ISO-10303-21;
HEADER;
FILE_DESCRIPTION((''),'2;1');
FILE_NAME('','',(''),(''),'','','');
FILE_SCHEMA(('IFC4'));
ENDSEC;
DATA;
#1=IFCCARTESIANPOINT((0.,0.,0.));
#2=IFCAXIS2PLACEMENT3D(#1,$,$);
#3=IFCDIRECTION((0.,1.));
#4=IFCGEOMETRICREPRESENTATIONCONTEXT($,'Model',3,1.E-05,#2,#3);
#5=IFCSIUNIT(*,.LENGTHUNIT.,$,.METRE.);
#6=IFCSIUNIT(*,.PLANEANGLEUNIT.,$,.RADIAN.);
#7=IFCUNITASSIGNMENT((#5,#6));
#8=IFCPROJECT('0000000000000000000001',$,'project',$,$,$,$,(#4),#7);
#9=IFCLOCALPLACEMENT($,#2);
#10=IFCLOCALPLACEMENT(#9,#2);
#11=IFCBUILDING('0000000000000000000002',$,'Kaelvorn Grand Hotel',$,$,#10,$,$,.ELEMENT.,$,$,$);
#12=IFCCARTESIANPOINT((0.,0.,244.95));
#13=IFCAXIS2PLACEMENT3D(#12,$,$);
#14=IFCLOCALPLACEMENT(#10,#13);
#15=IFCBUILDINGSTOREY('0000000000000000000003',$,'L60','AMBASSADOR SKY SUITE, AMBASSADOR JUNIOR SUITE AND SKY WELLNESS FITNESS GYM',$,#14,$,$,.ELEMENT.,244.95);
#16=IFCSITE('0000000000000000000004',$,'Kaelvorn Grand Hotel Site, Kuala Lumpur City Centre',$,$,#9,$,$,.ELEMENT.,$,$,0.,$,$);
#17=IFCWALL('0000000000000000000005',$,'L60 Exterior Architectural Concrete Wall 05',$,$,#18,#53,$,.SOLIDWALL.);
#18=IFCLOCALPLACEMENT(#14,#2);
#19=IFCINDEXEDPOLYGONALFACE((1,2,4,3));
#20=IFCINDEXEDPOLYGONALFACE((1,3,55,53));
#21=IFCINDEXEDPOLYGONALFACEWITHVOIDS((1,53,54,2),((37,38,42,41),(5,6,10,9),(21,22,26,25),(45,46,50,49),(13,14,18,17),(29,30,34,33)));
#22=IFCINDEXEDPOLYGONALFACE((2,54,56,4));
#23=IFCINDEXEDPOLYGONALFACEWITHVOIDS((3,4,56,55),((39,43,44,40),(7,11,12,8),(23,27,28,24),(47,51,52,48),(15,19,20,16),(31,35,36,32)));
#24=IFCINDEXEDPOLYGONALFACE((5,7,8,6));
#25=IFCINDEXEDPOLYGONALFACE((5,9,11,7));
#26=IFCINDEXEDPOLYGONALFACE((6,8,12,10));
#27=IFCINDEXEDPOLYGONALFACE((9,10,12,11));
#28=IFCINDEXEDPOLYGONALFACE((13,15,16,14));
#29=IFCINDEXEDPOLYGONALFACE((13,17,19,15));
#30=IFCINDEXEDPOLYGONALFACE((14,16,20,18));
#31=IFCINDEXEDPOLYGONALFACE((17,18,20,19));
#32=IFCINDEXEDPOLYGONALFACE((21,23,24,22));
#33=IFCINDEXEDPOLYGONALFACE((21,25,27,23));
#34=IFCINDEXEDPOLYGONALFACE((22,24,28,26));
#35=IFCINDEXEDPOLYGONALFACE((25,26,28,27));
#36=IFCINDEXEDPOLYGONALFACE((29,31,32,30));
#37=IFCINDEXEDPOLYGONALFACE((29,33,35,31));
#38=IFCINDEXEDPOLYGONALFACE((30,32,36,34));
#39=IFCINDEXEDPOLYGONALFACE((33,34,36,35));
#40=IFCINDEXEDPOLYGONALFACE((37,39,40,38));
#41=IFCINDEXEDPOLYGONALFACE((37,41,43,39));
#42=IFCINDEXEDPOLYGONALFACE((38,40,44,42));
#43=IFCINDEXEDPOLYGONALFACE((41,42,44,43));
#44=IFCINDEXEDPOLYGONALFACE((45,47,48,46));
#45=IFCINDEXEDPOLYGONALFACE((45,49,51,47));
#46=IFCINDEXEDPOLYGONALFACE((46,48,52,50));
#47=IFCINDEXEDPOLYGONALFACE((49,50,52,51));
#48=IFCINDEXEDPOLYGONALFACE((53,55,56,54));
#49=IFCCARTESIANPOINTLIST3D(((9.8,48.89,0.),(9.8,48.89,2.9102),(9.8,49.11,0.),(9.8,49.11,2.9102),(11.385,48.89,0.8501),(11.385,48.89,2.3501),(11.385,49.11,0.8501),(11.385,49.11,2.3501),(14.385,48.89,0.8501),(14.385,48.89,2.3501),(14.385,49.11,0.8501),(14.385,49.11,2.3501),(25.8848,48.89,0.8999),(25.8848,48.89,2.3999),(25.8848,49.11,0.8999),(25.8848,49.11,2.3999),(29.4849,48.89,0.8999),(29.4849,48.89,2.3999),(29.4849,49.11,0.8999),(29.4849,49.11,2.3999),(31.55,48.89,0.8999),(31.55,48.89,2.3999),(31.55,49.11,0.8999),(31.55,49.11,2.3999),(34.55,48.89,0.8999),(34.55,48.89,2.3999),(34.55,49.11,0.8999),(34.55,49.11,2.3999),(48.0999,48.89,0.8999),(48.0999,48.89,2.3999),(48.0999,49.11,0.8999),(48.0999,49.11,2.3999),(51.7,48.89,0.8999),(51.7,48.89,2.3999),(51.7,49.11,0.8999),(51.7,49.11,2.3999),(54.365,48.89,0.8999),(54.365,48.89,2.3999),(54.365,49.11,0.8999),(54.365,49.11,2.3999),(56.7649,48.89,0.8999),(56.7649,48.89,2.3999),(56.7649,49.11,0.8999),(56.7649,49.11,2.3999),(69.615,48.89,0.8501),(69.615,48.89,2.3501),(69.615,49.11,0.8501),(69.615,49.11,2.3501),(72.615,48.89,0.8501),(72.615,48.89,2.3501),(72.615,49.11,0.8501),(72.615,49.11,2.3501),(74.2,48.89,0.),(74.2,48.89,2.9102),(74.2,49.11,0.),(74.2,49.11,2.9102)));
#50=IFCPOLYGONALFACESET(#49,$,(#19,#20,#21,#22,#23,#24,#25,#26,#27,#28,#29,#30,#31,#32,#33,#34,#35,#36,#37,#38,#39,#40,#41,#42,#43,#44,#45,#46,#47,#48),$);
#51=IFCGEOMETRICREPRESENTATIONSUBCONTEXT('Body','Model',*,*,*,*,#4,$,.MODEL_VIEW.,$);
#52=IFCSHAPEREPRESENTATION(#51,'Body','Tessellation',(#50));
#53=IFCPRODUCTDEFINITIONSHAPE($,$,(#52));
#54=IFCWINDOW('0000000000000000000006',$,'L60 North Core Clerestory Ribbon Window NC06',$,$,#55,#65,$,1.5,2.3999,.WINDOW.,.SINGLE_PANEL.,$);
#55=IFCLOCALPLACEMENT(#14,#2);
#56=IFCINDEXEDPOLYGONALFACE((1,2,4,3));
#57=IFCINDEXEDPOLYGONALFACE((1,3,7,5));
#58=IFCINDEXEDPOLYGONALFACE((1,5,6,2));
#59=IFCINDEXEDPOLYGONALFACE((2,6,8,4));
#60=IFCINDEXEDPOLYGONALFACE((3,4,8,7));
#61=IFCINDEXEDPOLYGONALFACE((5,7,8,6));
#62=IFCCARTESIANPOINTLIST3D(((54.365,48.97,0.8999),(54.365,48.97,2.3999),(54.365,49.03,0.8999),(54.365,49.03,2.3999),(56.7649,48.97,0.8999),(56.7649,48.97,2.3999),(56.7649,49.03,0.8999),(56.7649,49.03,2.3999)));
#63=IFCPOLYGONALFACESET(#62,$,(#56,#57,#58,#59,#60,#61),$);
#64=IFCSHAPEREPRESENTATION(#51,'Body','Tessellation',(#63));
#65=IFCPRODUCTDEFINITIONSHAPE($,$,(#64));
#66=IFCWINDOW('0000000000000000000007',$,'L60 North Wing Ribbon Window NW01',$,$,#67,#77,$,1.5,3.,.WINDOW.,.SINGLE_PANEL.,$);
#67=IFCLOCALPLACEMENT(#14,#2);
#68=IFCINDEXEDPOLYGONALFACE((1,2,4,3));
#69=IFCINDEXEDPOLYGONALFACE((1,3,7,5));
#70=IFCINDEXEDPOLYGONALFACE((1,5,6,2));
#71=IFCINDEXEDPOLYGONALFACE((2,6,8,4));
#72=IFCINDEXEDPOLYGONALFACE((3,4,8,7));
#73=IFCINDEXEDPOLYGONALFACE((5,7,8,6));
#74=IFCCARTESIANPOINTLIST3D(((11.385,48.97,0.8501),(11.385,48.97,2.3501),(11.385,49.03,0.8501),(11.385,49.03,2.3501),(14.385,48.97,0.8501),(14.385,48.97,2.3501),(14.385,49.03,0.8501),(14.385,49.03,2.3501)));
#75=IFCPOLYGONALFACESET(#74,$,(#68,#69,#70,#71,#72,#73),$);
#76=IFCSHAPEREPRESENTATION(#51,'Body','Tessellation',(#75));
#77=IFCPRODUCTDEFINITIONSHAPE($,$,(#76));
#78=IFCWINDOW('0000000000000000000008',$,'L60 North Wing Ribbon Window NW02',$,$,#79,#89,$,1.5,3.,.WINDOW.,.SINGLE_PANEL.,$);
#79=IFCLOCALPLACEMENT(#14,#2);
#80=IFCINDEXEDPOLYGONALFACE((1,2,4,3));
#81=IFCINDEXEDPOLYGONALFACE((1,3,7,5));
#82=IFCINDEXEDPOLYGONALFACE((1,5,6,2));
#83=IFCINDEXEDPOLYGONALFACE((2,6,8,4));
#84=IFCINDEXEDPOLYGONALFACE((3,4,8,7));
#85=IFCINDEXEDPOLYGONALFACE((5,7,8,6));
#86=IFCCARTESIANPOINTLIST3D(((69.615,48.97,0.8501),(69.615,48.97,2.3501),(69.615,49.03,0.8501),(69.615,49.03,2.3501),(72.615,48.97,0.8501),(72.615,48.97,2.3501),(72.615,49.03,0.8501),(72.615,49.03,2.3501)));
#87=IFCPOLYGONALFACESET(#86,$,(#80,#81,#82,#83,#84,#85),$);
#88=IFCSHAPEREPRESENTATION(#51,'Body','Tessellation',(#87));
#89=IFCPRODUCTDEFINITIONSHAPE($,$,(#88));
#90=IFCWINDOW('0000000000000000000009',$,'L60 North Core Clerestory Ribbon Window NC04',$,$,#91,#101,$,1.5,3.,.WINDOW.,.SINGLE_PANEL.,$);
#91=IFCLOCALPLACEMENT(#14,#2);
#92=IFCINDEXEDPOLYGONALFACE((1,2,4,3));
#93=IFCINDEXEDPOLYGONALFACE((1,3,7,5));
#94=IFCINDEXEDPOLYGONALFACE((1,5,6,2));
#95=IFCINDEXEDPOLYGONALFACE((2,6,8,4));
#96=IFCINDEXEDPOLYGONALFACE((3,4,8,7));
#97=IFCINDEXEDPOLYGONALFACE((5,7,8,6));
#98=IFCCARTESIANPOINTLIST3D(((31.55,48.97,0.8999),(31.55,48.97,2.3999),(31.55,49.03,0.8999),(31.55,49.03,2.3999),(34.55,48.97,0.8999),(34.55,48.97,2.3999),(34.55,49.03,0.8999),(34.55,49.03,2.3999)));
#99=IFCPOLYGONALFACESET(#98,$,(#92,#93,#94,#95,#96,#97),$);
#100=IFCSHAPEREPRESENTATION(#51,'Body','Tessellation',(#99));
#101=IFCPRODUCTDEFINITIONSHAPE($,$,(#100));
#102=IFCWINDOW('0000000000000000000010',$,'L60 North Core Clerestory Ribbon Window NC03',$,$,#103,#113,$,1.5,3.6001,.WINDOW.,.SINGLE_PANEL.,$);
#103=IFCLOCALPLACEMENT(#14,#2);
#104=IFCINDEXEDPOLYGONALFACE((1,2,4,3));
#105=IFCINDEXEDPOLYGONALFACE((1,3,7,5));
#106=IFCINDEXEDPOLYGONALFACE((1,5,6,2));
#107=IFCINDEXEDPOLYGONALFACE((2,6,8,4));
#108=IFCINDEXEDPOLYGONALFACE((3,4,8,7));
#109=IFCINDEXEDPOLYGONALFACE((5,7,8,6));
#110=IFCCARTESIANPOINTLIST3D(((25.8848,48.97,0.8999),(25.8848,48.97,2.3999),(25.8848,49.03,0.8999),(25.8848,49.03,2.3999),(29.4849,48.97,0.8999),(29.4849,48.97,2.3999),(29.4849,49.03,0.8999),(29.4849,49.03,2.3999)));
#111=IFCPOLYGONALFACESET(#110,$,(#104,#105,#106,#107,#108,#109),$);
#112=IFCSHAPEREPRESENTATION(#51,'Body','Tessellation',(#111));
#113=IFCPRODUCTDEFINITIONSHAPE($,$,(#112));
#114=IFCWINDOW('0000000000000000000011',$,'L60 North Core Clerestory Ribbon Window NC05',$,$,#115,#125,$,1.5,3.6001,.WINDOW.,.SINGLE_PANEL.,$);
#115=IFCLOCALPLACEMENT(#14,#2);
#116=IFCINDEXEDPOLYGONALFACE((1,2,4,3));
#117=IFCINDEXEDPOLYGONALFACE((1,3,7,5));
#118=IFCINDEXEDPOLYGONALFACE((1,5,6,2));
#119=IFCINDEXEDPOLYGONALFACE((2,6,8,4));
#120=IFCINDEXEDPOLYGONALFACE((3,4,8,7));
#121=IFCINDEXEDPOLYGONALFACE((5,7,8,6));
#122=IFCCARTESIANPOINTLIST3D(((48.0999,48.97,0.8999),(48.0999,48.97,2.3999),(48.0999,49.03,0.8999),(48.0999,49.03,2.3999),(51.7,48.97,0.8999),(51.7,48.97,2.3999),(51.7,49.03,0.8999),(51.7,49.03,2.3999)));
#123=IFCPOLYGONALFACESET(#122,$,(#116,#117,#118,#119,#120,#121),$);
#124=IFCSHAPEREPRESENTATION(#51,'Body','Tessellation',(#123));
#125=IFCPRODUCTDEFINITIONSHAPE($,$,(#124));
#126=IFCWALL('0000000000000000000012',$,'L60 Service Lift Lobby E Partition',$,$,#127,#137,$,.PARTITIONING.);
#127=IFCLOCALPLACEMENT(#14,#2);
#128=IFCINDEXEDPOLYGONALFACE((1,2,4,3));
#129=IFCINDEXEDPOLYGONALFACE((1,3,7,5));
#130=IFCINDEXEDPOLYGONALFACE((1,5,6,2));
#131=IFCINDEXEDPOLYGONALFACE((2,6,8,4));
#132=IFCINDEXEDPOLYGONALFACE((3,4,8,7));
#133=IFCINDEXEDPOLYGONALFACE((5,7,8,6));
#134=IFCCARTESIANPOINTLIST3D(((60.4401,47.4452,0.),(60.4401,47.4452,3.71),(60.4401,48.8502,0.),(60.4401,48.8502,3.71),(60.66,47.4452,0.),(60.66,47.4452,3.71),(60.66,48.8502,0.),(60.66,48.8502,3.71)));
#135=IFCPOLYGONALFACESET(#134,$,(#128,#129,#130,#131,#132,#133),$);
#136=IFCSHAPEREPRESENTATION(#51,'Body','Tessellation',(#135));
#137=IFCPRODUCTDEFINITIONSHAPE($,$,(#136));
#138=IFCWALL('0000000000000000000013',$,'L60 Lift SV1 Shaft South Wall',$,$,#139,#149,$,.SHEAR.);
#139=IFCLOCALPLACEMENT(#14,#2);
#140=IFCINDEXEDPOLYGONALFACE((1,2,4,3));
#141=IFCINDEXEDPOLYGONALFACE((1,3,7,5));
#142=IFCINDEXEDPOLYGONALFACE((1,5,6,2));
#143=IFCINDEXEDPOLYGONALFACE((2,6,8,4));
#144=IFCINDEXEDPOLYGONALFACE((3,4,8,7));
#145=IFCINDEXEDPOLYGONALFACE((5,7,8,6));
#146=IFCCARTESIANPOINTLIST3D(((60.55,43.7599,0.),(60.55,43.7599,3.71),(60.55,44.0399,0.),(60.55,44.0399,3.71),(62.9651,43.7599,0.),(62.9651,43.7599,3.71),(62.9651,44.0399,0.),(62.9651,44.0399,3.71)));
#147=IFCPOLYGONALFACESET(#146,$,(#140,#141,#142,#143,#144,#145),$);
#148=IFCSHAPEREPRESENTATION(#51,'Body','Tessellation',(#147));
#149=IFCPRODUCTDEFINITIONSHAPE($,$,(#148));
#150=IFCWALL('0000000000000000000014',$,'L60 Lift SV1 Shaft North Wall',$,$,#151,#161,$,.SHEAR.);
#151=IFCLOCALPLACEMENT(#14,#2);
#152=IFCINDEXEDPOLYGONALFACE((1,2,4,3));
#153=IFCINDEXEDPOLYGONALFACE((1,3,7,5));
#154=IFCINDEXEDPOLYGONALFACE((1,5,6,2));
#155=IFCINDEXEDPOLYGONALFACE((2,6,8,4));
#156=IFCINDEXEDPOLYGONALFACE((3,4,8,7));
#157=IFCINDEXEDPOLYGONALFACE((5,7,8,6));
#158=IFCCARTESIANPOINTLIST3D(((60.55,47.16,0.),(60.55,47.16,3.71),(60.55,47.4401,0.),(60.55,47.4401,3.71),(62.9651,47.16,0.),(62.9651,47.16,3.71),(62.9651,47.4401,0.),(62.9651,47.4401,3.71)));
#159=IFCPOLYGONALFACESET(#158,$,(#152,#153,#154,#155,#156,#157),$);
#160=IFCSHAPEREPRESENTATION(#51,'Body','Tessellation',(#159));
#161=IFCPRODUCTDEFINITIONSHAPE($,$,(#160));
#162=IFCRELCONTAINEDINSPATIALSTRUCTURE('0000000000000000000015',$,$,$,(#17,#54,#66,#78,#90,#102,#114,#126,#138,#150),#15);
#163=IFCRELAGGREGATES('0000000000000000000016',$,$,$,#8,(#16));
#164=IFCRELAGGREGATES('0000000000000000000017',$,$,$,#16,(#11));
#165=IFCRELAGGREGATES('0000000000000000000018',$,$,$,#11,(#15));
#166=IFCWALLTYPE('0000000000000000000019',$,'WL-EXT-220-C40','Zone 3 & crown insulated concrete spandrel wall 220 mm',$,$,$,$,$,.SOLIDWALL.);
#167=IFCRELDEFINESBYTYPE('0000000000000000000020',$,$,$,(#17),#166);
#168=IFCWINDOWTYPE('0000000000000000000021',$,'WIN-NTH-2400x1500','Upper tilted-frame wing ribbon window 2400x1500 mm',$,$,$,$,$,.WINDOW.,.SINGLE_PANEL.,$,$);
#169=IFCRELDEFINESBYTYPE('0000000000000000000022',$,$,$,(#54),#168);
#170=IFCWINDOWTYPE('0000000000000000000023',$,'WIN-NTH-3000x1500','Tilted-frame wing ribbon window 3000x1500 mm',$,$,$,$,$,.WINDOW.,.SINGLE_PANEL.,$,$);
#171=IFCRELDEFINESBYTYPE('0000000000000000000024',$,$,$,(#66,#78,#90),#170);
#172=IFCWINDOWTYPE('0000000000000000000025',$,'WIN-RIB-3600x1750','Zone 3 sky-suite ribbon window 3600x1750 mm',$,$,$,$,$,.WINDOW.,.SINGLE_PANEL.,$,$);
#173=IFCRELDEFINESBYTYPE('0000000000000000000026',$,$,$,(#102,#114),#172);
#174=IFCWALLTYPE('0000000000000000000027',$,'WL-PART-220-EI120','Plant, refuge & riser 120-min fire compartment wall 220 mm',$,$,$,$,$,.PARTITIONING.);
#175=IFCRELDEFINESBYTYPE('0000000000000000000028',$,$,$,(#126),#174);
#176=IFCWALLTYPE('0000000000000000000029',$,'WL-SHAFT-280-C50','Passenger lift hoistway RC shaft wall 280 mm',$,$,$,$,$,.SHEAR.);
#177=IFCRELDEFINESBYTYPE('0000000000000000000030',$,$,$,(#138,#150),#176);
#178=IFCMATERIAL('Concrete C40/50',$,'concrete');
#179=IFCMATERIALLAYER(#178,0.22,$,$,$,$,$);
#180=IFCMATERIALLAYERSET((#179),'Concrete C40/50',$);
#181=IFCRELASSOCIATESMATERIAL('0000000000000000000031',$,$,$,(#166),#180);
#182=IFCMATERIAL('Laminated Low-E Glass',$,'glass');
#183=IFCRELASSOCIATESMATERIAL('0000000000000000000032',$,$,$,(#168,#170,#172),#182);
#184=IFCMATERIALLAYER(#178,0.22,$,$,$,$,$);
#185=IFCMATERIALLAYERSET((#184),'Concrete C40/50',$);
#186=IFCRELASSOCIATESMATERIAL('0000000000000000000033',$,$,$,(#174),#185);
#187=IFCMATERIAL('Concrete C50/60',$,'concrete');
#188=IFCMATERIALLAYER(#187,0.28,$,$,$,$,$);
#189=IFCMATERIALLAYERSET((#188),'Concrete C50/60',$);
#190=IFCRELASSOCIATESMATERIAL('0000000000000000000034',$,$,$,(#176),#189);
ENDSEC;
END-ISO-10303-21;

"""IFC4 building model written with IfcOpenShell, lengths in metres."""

from ifc_helpers import new_model, si_unit, direction, frame, frame_2d, origin, place, context, subcontext, project, spatial, rectangle, extrude, material, layer, layer_set, type_object, element, fill, save


model = new_model("IFC4")

# Units and contexts
model_context = context("Model", 3, precision=1e-05, world=origin(), true_north=direction((0.0, 1.0)))
body_context = subcontext(model_context, "Body", "Model", "MODEL_VIEW")
ifc_project = project(units=[si_unit("LENGTHUNIT", "METRE"), si_unit("PLANEANGLEUNIT", "RADIAN")], contexts=[model_context])

# Site, building, storey
site_placement = place(None, origin())
site = spatial("IfcSite", under=ifc_project, at=site_placement, Name="Kaelvorn Grand Hotel Site, Kuala Lumpur City Centre", CompositionType="ELEMENT", RefElevation=0.0)
building_placement = place(site_placement, origin())
building = spatial("IfcBuilding", under=site, at=building_placement, Name="Kaelvorn Grand Hotel", CompositionType="ELEMENT")
storey_placement = place(building_placement, frame((0.0, 0.0, 244.95)))
storey = spatial("IfcBuildingStorey", under=building, at=storey_placement, Name="L60", Description="AMBASSADOR SKY SUITE, AMBASSADOR JUNIOR SUITE AND SKY WELLNESS FITNESS GYM", CompositionType="ELEMENT", Elevation=244.95)

# Shared definitions
ifc_material_1 = material(Name="Concrete C50/60", Category="concrete")

# Shared definitions
ifc_material_2 = material(Name="Concrete C40/50", Category="concrete")
ifc_layer_1 = layer(ifc_material_2, 0.22)
ifc_layer_set_1 = layer_set([ifc_layer_1], Name="Concrete C40/50")
wall_type_1 = type_object("IfcWallType", Name="WL-EXT-220-C40", Description="Zone 3 & crown insulated concrete spandrel wall 220 mm", PredefinedType="SOLIDWALL", material=ifc_layer_set_1)
ifc_material_3 = material(Name="Laminated Low-E Glass", Category="glass")

# Wall, openings, windows
wall_1_placement = place(storey_placement, frame((74.2, 49.0, 0.0), z_axis=(0.0, 0.0, 1.0), x_axis=(-1.0, 0.0, 0.0)))
wall_1 = element("IfcWall", 1, at=wall_1_placement, inside=storey, type_object=wall_type_1, Name="L60 Exterior Architectural Concrete Wall 05", PredefinedType="SOLIDWALL", context=body_context, shape_type="SweptSolid", body=[
    extrude(rectangle(XDim=64.3999, YDim=0.22, at=frame_2d((32.2, 0.0))), origin(), (0.0, 0.0, 1.0), 2.9102),
])
opening_1_placement = place(wall_1_placement, frame((59.8149, 0.0, 0.8501)))
opening_1 = element("IfcOpeningElement", 2, at=opening_1_placement, cuts=wall_1, PredefinedType="OPENING", context=body_context, shape_type="SweptSolid", body=[
    extrude(rectangle(XDim=3.0, YDim=1.5, at=frame_2d((1.5, 0.75))), frame((0.0, 0.1201, 0.0), z_axis=(0.0, -1.0, 0.0), x_axis=(1.0, 0.0, 0.0)), (0.0, 0.0, 1.0), 0.24),
])
opening_2_placement = place(wall_1_placement, frame((1.585, 0.0, 0.8501)))
opening_2 = element("IfcOpeningElement", 3, at=opening_2_placement, cuts=wall_1, PredefinedType="OPENING", context=body_context, shape_type="SweptSolid", body=[
    extrude(rectangle(XDim=3.0, YDim=1.5, at=frame_2d((1.5, 0.75))), frame((0.0, 0.1201, 0.0), z_axis=(0.0, -1.0, 0.0), x_axis=(1.0, 0.0, 0.0)), (0.0, 0.0, 1.0), 0.24),
])
opening_3_placement = place(wall_1_placement, frame((44.7151, 0.0, 0.8999)))
opening_3 = element("IfcOpeningElement", 4, at=opening_3_placement, cuts=wall_1, PredefinedType="OPENING", context=body_context, shape_type="SweptSolid", body=[
    extrude(rectangle(XDim=3.6001, YDim=1.5, at=frame_2d((1.8, 0.75))), frame((0.0, 0.1201, 0.0), z_axis=(0.0, -1.0, 0.0), x_axis=(1.0, 0.0, 0.0)), (0.0, 0.0, 1.0), 0.24),
])
opening_4_placement = place(wall_1_placement, frame((39.6499, 0.0, 0.8999)))
opening_4 = element("IfcOpeningElement", 5, at=opening_4_placement, cuts=wall_1, PredefinedType="OPENING", context=body_context, shape_type="SweptSolid", body=[
    extrude(rectangle(XDim=3.0, YDim=1.5, at=frame_2d((1.5, 0.75))), frame((0.0, 0.1201, 0.0), z_axis=(0.0, -1.0, 0.0), x_axis=(1.0, 0.0, 0.0)), (0.0, 0.0, 1.0), 0.24),
])
opening_5_placement = place(wall_1_placement, frame((22.5, 0.0, 0.8999)))
opening_5 = element("IfcOpeningElement", 6, at=opening_5_placement, cuts=wall_1, PredefinedType="OPENING", context=body_context, shape_type="SweptSolid", body=[
    extrude(rectangle(XDim=3.6001, YDim=1.5, at=frame_2d((1.8, 0.75))), frame((0.0, 0.1201, 0.0), z_axis=(0.0, -1.0, 0.0), x_axis=(1.0, 0.0, 0.0)), (0.0, 0.0, 1.0), 0.24),
])
opening_6_placement = place(wall_1_placement, frame((17.4351, 0.0, 0.8999)))
opening_6 = element("IfcOpeningElement", 7, at=opening_6_placement, cuts=wall_1, PredefinedType="OPENING", context=body_context, shape_type="SweptSolid", body=[
    extrude(rectangle(XDim=2.3999, YDim=1.5, at=frame_2d((1.2, 0.75))), frame((0.0, 0.1201, 0.0), z_axis=(0.0, -1.0, 0.0), x_axis=(1.0, 0.0, 0.0)), (0.0, 0.0, 1.0), 0.24),
])
window_type_1 = type_object("IfcWindowType", Name="WIN-NTH-2400x1500", Description="Upper tilted-frame wing ribbon window 2400x1500 mm", PartitioningType="SINGLE_PANEL", PredefinedType="WINDOW", material=ifc_material_3)
window_1_placement = place(opening_6_placement, origin())
window_1 = element("IfcWindow", 8, at=window_1_placement, inside=storey, type_object=window_type_1, Name="L60 North Core Clerestory Ribbon Window NC06", OverallHeight=1.5, OverallWidth=2.3999, PartitioningType="SINGLE_PANEL", PredefinedType="WINDOW", context=body_context, shape_type="SweptSolid", body=[
    extrude(rectangle(XDim=2.3999, YDim=1.5, at=frame_2d((1.2, 0.75))), frame((0.0, 0.03, 0.0), z_axis=(0.0, -1.0, 0.0), x_axis=(1.0, 0.0, 0.0)), (0.0, 0.0, 1.0), 0.0601),
])
fill(opening_6, window_1)
window_type_2 = type_object("IfcWindowType", Name="WIN-NTH-3000x1500", Description="Tilted-frame wing ribbon window 3000x1500 mm", PartitioningType="SINGLE_PANEL", PredefinedType="WINDOW", material=ifc_material_3)
window_2_placement = place(opening_1_placement, origin())
window_2 = element("IfcWindow", 9, at=window_2_placement, inside=storey, type_object=window_type_2, Name="L60 North Wing Ribbon Window NW01", OverallHeight=1.5, OverallWidth=3.0, PartitioningType="SINGLE_PANEL", PredefinedType="WINDOW", context=body_context, shape_type="SweptSolid", body=[
    extrude(rectangle(XDim=3.0, YDim=1.5, at=frame_2d((1.5, 0.75))), frame((0.0, 0.03, 0.0), z_axis=(0.0, -1.0, 0.0), x_axis=(1.0, 0.0, 0.0)), (0.0, 0.0, 1.0), 0.0601),
])
fill(opening_1, window_2)
window_3_placement = place(opening_2_placement, origin())
window_3 = element("IfcWindow", 10, at=window_3_placement, inside=storey, type_object=window_type_2, Name="L60 North Wing Ribbon Window NW02", OverallHeight=1.5, OverallWidth=3.0, PartitioningType="SINGLE_PANEL", PredefinedType="WINDOW", context=body_context, shape_type="SweptSolid", body=[
    extrude(rectangle(XDim=3.0, YDim=1.5, at=frame_2d((1.5, 0.75))), frame((0.0, 0.03, 0.0), z_axis=(0.0, -1.0, 0.0), x_axis=(1.0, 0.0, 0.0)), (0.0, 0.0, 1.0), 0.0601),
])
fill(opening_2, window_3)
window_4_placement = place(opening_4_placement, origin())
window_4 = element("IfcWindow", 11, at=window_4_placement, inside=storey, type_object=window_type_2, Name="L60 North Core Clerestory Ribbon Window NC04", OverallHeight=1.5, OverallWidth=3.0, PartitioningType="SINGLE_PANEL", PredefinedType="WINDOW", context=body_context, shape_type="SweptSolid", body=[
    extrude(rectangle(XDim=3.0, YDim=1.5, at=frame_2d((1.5, 0.75))), frame((0.0, 0.03, 0.0), z_axis=(0.0, -1.0, 0.0), x_axis=(1.0, 0.0, 0.0)), (0.0, 0.0, 1.0), 0.0601),
])
fill(opening_4, window_4)
window_type_3 = type_object("IfcWindowType", Name="WIN-RIB-3600x1750", Description="Zone 3 sky-suite ribbon window 3600x1750 mm", PartitioningType="SINGLE_PANEL", PredefinedType="WINDOW", material=ifc_material_3)
window_5_placement = place(opening_3_placement, origin())
window_5 = element("IfcWindow", 12, at=window_5_placement, inside=storey, type_object=window_type_3, Name="L60 North Core Clerestory Ribbon Window NC03", OverallHeight=1.5, OverallWidth=3.6001, PartitioningType="SINGLE_PANEL", PredefinedType="WINDOW", context=body_context, shape_type="SweptSolid", body=[
    extrude(rectangle(XDim=3.6001, YDim=1.5, at=frame_2d((1.8, 0.75))), frame((0.0, 0.03, 0.0), z_axis=(0.0, -1.0, 0.0), x_axis=(1.0, 0.0, 0.0)), (0.0, 0.0, 1.0), 0.0601),
])
fill(opening_3, window_5)
window_6_placement = place(opening_5_placement, origin())
window_6 = element("IfcWindow", 13, at=window_6_placement, inside=storey, type_object=window_type_3, Name="L60 North Core Clerestory Ribbon Window NC05", OverallHeight=1.5, OverallWidth=3.6001, PartitioningType="SINGLE_PANEL", PredefinedType="WINDOW", context=body_context, shape_type="SweptSolid", body=[
    extrude(rectangle(XDim=3.6001, YDim=1.5, at=frame_2d((1.8, 0.75))), frame((0.0, 0.03, 0.0), z_axis=(0.0, -1.0, 0.0), x_axis=(1.0, 0.0, 0.0)), (0.0, 0.0, 1.0), 0.0601),
])
fill(opening_5, window_6)

# Walls
ifc_layer_2 = layer(ifc_material_2, 0.22)
ifc_layer_set_2 = layer_set([ifc_layer_2], Name="Concrete C40/50")
wall_type_2 = type_object("IfcWallType", Name="WL-PART-220-EI120", Description="Plant, refuge & riser 120-min fire compartment wall 220 mm", PredefinedType="PARTITIONING", material=ifc_layer_set_2)
wall_2_placement = place(storey_placement, frame((60.55, 47.4451, 0.0), z_axis=(0.0, 0.0, 1.0), x_axis=(0.0, 1.0, 0.0)))
element("IfcWall", 14, at=wall_2_placement, inside=storey, type_object=wall_type_2, Name="L60 Service Lift Lobby E Partition", PredefinedType="PARTITIONING", context=body_context, shape_type="SweptSolid", body=[
    extrude(rectangle(XDim=1.405, YDim=0.22, at=frame_2d((0.7026, 0.0))), origin(), (0.0, 0.0, 1.0), 3.71),
])
ifc_layer_3 = layer(ifc_material_1, 0.28)
ifc_layer_set_3 = layer_set([ifc_layer_3], Name="Concrete C50/60")
wall_type_3 = type_object("IfcWallType", Name="WL-SHAFT-280-C50", Description="Passenger lift hoistway RC shaft wall 280 mm", PredefinedType="SHEAR", material=ifc_layer_set_3)
for number, where, z_axis, x_axis, name in (
    (15, (60.55, 43.8999, 0.0), (0.0, 0.0, 1.0), (1.0, 0.0, 0.0), "L60 Lift SV1 Shaft South Wall"),
    (16, (60.55, 47.3, 0.0), (0.0, 0.0, 1.0), (1.0, 0.0, 0.0), "L60 Lift SV1 Shaft North Wall"),
):
    element("IfcWall", number, at=place(storey_placement, frame(where, z_axis=z_axis, x_axis=x_axis)), inside=storey, type_object=wall_type_3, Name=name, PredefinedType="SHEAR", context=body_context, shape_type="SweptSolid", body=[
        extrude(rectangle(XDim=2.415, YDim=0.28, at=frame_2d((1.2075, 0.0))), origin(), (0.0, 0.0, 1.0), 3.71),
    ])

save(model, "model.ifc")
